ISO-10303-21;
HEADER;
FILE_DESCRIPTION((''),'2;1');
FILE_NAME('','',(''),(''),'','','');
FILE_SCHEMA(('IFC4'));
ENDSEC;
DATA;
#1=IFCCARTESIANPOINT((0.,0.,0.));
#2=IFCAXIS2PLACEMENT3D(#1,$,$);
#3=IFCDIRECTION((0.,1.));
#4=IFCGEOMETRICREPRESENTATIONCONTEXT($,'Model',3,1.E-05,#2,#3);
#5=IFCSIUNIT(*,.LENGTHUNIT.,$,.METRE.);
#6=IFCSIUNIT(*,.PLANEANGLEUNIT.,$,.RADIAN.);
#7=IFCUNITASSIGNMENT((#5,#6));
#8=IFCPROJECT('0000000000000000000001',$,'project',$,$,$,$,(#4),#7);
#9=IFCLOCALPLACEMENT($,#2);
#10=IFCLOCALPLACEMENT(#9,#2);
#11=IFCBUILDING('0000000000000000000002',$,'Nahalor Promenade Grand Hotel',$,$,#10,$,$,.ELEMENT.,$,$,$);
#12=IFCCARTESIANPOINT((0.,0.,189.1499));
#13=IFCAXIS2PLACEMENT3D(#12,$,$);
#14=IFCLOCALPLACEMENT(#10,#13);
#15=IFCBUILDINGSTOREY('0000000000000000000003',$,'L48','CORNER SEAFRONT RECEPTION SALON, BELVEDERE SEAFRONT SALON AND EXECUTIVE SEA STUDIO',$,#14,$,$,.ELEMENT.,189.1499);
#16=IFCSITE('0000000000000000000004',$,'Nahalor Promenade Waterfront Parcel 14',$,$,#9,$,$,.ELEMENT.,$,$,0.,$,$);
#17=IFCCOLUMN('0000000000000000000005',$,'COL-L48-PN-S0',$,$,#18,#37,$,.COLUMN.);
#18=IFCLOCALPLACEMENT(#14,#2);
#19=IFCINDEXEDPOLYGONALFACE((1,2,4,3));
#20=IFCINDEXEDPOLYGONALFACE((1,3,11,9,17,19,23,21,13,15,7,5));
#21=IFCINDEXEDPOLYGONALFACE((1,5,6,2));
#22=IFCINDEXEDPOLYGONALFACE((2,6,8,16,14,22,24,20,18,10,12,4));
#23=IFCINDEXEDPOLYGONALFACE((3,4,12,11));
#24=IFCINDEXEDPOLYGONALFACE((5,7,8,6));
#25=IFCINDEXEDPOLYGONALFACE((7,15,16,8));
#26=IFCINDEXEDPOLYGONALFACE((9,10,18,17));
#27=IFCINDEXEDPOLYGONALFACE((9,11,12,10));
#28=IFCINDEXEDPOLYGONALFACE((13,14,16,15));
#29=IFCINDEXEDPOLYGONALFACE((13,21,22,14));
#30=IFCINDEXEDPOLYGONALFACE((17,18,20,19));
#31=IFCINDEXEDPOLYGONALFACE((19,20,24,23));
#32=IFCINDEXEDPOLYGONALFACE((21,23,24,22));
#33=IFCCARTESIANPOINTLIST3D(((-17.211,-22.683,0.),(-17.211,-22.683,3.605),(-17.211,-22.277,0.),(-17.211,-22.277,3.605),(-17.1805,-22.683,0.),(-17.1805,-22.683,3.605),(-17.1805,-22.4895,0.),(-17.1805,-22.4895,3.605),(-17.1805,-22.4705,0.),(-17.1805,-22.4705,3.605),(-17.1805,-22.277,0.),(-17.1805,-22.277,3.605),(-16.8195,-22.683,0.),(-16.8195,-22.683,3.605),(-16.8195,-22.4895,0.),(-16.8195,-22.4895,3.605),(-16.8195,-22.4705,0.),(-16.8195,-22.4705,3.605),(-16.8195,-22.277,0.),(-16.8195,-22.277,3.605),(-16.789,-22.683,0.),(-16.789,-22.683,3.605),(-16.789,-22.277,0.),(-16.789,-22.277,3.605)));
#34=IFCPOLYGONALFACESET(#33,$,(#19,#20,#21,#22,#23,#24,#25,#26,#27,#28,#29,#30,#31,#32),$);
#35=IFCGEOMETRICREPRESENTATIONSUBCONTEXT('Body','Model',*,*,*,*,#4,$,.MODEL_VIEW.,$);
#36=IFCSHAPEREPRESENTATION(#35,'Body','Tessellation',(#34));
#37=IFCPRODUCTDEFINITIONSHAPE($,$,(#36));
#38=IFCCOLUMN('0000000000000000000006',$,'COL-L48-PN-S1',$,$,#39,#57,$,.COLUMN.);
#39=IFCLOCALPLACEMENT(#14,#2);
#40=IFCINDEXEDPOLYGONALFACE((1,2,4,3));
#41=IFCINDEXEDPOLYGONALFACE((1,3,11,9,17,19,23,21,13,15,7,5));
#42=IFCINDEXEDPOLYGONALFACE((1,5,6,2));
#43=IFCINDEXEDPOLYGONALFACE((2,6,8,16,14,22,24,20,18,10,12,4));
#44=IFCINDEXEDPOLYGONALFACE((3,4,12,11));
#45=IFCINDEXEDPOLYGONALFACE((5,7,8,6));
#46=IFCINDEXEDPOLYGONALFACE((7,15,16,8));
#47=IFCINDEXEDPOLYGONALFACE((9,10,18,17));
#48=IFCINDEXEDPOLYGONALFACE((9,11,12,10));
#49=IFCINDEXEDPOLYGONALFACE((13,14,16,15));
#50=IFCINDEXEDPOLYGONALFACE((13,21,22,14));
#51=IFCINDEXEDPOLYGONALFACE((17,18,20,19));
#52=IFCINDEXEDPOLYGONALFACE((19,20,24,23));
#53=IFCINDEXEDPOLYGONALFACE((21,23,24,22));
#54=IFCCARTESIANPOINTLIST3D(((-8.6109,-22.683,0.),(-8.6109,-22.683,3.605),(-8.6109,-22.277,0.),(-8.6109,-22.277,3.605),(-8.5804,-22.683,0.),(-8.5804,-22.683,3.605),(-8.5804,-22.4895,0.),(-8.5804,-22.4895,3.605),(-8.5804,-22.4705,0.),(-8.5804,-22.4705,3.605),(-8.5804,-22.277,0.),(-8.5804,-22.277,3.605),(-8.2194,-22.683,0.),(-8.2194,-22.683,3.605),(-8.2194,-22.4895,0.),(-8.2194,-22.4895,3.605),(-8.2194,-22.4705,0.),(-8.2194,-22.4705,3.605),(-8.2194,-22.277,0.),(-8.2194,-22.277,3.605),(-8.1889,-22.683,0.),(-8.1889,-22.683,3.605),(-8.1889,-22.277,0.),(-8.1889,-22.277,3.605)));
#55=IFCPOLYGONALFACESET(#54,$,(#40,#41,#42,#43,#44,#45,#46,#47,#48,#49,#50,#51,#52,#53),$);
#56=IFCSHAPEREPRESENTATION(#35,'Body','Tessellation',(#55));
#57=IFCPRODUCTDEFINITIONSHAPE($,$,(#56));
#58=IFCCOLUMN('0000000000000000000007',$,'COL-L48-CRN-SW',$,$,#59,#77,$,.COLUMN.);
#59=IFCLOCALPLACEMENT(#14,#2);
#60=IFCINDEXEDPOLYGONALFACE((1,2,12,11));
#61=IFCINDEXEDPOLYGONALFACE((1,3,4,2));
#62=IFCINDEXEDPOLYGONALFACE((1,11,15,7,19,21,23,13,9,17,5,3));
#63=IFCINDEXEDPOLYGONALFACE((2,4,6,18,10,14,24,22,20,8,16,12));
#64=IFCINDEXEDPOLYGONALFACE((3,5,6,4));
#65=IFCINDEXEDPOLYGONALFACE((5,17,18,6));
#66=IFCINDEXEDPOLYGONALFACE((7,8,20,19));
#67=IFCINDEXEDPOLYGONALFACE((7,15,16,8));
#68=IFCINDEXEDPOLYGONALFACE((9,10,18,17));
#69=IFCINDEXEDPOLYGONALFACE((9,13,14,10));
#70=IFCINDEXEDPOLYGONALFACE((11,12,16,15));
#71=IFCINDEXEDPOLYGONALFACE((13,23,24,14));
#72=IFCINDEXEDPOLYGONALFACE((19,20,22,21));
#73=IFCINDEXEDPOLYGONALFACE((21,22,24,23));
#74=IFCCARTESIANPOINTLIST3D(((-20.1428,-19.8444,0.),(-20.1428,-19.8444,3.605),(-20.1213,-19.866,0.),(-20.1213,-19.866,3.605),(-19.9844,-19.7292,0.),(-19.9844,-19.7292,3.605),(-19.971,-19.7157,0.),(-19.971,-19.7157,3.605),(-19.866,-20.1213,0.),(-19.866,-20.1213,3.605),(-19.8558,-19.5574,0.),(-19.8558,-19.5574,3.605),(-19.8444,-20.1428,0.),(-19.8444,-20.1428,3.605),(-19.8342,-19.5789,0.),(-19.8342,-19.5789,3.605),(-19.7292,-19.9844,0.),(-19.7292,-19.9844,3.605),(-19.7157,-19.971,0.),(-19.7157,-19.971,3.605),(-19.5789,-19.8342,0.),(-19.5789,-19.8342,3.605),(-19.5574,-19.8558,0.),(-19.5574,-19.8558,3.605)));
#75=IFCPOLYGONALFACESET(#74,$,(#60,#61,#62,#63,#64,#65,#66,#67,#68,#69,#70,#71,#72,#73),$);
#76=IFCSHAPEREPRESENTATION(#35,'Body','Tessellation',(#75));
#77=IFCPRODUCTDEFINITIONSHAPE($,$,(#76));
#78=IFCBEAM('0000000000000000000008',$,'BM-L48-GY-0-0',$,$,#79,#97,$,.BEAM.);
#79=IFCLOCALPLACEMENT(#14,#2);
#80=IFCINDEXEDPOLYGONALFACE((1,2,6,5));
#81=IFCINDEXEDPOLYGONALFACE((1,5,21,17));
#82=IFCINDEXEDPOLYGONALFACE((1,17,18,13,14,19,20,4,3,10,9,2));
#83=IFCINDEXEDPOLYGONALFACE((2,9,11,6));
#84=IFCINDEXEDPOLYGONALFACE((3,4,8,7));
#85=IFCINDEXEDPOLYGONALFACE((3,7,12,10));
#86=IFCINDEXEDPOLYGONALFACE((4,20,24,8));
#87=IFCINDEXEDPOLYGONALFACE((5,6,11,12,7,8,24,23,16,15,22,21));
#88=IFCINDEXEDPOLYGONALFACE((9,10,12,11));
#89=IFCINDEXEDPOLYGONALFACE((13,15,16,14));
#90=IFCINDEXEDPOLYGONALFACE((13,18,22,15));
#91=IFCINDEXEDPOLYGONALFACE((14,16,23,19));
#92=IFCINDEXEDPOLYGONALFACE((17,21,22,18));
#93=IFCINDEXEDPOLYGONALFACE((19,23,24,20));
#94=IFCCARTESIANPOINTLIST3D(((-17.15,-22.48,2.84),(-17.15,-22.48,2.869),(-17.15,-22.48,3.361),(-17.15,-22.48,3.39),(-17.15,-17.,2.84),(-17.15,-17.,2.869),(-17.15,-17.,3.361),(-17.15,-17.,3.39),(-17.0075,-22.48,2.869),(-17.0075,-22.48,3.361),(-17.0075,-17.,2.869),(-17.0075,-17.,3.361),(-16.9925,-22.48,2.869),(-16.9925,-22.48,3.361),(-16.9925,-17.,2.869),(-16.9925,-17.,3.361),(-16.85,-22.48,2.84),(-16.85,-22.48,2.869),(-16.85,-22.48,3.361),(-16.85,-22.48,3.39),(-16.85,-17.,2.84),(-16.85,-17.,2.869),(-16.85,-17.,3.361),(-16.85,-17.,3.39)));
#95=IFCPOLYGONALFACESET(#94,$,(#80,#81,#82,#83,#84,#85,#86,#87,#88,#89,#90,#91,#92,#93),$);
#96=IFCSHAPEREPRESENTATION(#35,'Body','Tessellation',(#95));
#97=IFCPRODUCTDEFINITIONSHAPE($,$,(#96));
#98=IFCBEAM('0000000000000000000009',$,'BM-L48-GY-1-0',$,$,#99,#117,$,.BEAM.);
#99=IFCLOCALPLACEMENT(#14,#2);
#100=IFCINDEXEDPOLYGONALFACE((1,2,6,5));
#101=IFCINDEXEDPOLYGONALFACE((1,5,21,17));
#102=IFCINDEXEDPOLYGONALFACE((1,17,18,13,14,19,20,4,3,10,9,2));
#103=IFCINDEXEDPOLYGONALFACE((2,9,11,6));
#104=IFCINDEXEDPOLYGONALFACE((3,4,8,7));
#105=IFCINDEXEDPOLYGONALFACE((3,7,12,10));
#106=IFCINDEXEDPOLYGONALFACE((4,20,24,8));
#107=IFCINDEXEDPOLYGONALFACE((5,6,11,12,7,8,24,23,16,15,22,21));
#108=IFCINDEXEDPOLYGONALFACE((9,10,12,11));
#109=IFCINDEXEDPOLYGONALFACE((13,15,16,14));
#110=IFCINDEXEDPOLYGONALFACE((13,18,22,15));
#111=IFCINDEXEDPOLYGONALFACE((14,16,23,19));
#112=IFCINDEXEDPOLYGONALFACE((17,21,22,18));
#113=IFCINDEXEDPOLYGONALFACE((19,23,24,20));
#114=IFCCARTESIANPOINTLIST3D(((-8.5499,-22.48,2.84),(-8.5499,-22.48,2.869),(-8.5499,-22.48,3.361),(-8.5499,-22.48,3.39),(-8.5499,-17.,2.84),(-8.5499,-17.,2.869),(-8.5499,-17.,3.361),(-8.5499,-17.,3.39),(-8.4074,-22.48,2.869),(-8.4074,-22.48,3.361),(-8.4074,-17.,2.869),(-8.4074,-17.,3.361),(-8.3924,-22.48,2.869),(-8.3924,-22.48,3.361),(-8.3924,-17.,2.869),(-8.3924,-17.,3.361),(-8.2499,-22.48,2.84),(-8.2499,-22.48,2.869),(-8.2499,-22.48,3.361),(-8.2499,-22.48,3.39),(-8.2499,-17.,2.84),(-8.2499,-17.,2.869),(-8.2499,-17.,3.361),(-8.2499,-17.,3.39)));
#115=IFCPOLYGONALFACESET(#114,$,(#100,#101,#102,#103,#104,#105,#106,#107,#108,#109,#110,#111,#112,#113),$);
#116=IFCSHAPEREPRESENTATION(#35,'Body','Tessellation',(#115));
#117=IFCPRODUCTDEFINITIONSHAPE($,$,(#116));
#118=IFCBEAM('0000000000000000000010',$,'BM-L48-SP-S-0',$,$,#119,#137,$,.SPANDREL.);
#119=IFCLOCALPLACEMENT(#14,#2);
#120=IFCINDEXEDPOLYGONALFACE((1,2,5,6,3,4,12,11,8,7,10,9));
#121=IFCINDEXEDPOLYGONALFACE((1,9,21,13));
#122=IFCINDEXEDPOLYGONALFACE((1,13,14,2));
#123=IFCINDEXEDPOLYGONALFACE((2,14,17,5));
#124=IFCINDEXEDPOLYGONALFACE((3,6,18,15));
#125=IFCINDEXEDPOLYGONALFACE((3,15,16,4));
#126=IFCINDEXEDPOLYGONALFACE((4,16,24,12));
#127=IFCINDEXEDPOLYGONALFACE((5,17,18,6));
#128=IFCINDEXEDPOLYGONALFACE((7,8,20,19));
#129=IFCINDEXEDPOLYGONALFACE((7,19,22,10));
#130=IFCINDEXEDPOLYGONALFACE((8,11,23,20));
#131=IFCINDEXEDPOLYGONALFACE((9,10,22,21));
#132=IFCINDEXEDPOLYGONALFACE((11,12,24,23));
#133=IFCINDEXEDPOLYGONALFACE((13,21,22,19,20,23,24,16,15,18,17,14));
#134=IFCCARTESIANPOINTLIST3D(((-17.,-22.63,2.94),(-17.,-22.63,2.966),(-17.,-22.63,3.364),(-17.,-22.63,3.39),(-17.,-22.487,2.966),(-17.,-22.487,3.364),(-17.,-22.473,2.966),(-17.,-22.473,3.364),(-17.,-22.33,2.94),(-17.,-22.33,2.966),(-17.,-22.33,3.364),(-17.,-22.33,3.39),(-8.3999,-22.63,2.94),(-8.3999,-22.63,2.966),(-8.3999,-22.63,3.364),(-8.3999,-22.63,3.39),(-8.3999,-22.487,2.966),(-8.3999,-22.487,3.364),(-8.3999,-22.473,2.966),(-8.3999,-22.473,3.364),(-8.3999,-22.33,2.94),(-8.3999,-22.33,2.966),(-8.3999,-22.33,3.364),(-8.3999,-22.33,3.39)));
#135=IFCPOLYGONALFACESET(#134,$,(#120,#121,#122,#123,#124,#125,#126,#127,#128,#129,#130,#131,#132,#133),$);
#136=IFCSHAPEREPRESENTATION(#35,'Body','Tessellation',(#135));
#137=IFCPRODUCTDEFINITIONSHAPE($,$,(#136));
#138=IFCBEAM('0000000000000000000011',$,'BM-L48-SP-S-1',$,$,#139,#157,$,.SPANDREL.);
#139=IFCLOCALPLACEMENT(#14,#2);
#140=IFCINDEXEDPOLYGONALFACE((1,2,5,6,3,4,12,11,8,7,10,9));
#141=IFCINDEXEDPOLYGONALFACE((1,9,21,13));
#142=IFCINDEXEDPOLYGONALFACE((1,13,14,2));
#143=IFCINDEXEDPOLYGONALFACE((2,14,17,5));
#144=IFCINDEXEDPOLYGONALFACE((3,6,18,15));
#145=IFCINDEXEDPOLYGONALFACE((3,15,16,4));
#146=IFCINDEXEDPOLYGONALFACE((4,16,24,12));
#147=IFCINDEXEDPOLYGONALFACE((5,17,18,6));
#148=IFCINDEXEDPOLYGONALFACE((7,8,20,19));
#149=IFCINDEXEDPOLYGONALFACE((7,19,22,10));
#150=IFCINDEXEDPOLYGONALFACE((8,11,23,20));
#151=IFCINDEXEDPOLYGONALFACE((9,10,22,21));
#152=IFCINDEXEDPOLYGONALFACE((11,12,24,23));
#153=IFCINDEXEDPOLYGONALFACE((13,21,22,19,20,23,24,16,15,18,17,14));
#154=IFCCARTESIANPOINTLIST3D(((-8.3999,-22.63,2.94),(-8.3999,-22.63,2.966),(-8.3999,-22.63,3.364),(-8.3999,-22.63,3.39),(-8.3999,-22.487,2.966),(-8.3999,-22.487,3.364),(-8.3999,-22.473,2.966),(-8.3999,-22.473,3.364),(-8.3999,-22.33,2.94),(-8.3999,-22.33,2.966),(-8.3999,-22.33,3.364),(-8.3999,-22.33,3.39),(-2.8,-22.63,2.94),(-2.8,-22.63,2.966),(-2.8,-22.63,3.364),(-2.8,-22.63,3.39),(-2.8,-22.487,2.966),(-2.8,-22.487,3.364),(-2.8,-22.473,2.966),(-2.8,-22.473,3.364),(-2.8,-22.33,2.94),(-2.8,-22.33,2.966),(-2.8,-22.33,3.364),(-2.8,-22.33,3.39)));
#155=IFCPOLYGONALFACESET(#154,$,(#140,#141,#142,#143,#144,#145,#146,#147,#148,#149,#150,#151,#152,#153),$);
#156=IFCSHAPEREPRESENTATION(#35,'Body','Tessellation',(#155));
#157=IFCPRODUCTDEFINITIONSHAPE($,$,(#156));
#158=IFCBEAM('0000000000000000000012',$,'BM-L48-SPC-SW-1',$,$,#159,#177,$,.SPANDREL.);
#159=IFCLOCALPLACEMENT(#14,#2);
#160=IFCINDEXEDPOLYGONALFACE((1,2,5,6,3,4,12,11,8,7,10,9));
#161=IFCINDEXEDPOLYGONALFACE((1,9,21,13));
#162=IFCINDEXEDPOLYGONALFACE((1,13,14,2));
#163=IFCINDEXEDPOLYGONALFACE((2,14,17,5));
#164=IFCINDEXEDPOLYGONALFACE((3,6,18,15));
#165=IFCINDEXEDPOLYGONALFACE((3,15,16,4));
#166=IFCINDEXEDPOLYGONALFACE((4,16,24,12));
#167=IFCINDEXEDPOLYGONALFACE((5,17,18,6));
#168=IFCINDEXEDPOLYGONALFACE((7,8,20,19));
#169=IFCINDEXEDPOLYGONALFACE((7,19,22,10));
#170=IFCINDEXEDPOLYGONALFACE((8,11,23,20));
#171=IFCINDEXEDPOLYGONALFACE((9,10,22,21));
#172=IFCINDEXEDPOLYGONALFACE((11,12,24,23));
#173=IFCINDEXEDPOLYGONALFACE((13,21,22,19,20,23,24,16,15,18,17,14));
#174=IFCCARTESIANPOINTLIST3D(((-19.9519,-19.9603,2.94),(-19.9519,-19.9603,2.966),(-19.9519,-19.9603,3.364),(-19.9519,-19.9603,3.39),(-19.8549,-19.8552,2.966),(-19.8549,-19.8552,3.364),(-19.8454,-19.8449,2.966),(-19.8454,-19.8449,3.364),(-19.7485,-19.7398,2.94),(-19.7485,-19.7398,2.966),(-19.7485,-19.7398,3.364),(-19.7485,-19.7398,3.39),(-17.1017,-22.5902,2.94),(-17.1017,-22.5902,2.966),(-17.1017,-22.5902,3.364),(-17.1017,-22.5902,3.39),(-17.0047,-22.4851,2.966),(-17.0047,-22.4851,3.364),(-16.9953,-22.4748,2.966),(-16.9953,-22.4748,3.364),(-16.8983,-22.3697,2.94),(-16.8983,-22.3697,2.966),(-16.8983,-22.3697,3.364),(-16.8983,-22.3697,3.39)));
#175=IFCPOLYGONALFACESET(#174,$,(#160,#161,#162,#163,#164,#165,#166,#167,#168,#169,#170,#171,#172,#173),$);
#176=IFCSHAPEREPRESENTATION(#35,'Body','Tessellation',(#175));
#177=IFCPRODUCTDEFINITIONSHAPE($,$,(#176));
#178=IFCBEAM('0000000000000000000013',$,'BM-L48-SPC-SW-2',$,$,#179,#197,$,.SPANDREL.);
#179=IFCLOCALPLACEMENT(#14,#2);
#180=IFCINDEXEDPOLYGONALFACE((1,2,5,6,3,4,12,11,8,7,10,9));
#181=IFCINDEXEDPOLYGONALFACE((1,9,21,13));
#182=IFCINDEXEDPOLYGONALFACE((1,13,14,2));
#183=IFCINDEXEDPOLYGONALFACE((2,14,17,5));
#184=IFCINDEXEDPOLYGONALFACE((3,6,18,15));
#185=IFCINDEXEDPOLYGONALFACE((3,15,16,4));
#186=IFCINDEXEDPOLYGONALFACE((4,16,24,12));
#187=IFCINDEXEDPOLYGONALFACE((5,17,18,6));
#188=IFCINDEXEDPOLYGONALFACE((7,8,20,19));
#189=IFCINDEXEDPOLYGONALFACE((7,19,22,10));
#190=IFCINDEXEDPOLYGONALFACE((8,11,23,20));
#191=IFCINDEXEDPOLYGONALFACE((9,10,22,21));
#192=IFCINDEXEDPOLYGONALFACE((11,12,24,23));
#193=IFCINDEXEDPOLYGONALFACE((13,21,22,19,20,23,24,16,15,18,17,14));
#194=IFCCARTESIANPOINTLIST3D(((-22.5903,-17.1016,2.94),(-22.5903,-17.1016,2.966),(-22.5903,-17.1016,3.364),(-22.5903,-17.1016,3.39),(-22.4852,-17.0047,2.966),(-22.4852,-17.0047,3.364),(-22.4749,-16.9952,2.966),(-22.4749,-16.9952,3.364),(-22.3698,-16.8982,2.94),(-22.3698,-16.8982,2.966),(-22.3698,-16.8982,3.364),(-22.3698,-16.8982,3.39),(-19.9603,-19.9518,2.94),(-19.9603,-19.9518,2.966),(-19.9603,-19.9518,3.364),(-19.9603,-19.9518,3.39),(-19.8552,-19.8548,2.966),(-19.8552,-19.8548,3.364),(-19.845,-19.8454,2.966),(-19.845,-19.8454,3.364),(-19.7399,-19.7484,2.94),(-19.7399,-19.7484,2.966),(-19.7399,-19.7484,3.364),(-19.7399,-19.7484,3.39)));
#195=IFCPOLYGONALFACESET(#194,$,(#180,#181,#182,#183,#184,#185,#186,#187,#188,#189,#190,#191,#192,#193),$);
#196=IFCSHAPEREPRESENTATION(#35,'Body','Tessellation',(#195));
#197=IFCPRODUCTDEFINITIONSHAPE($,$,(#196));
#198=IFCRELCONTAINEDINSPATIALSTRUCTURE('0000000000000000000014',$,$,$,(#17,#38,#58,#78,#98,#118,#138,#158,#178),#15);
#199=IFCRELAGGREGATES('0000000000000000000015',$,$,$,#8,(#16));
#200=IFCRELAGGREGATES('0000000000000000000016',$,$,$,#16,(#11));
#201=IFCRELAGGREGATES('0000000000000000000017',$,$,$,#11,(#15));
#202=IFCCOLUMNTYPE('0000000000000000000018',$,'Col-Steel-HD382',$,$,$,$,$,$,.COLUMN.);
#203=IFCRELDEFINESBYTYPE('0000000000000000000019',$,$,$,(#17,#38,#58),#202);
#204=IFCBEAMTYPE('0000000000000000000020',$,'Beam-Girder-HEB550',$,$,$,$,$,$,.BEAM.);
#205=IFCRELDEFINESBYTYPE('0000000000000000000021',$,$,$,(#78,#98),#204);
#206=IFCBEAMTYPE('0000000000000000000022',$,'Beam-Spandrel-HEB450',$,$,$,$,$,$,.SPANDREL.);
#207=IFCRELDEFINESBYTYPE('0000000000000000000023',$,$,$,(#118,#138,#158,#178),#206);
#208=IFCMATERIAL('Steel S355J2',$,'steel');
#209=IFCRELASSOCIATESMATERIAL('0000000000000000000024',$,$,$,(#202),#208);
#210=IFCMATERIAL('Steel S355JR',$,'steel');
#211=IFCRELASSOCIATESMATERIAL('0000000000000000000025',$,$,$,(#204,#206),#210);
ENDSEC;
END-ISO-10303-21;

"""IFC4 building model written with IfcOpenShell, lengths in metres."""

from ifc_helpers import new_model, si_unit, direction, frame, origin, origin_2d, place, context, subcontext, project, spatial, i_section, extrude, source, transform, mapped, material, material_profile, profile_set, type_object, element, save


model = new_model("IFC4")

# Units and contexts
model_context = context("Model", 3, precision=1e-05, world=origin(), true_north=direction((0.0, 1.0)))
body_context = subcontext(model_context, "Body", "Model", "MODEL_VIEW")
ifc_project = project(units=[si_unit("LENGTHUNIT", "METRE"), si_unit("PLANEANGLEUNIT", "RADIAN")], contexts=[model_context])

# Site, building, storey
site_placement = place(None, origin())
site = spatial("IfcSite", under=ifc_project, at=site_placement, Name="Nahalor Promenade Waterfront Parcel 14", CompositionType="ELEMENT", RefElevation=0.0)
building_placement = place(site_placement, origin())
building = spatial("IfcBuilding", under=site, at=building_placement, Name="Nahalor Promenade Grand Hotel", CompositionType="ELEMENT")
storey_placement = place(building_placement, frame((0.0, 0.0, 189.1499)))
storey = spatial("IfcBuildingStorey", under=building, at=storey_placement, Name="L48", Description="CORNER SEAFRONT RECEPTION SALON, BELVEDERE SEAFRONT SALON AND EXECUTIVE SEA STUDIO", CompositionType="ELEMENT", Elevation=189.1499)

# Columns
ifc_material_1 = material(Name="Steel S355J2", Category="steel")
ifc_material_profile_1 = material_profile(ifc_material_1, i_section(OverallWidth=0.406, OverallDepth=0.422, WebThickness=0.019, FlangeThickness=0.0305, at=origin_2d()), Name="HD 400x382")
ifc_profile_set_1 = profile_set([ifc_material_profile_1], Name="Steel S355J2")
column_type = type_object("IfcColumnType", Name="Col-Steel-HD382", PredefinedType="COLUMN", material=ifc_profile_set_1)
shared_shape_1 = source(origin(), body_context, "Body", "SweptSolid", [
    extrude(i_section(OverallWidth=0.406, OverallDepth=0.422, WebThickness=0.019, FlangeThickness=0.0305, at=origin_2d()), origin(), (0.0, 0.0, 1.0), 3.605),
])
for number, where, z_axis, x_axis, name in (
    (1, (-17.0, -22.48, 0.0), (0.0, 0.0, 1.0), (0.0, 1.0, 0.0), "COL-L48-PN-S0"),
    (2, (-8.3999, -22.48, 0.0), (0.0, 0.0, 1.0), (0.0, 1.0, 0.0), "COL-L48-PN-S1"),
    (3, (-19.8501, -19.8501, 0.0), (0.0, 0.0, 1.0), (0.707107, 0.707107, 0.0), "COL-L48-CRN-SW"),
):
    element("IfcColumn", number, at=place(storey_placement, frame(where, z_axis=z_axis, x_axis=x_axis)), inside=storey, type_object=column_type, Name=name, PredefinedType="COLUMN", context=body_context, shape_type="MappedRepresentation", body=[
        mapped(shared_shape_1, transform((0.0, 0.0, 0.0), scale=1.0)),
    ])

# Beams
ifc_material_2 = material(Name="Steel S355JR", Category="steel")
ifc_material_profile_2 = material_profile(ifc_material_2, i_section(OverallWidth=0.3, OverallDepth=0.55, WebThickness=0.015, FlangeThickness=0.029, at=origin_2d()), Name="HEB 550")
ifc_profile_set_2 = profile_set([ifc_material_profile_2], Name="Steel S355JR")
beam_type_1 = type_object("IfcBeamType", Name="Beam-Girder-HEB550", PredefinedType="BEAM", material=ifc_profile_set_2)
shared_shape_2 = source(origin(), body_context, "Body", "SweptSolid", [
    extrude(i_section(OverallWidth=0.3, OverallDepth=0.55, WebThickness=0.015, FlangeThickness=0.029, at=origin_2d()), origin(), (0.0, 0.0, 1.0), 5.48),
])
for number, where, z_axis, x_axis, name in (
    (4, (-17.0, -22.48, 3.115), (0.0, 1.0, 0.0), (-1.0, 0.0, 0.0), "BM-L48-GY-0-0"),
    (5, (-8.3999, -22.48, 3.115), (0.0, 1.0, 0.0), (-1.0, 0.0, 0.0), "BM-L48-GY-1-0"),
):
    element("IfcBeam", number, at=place(storey_placement, frame(where, z_axis=z_axis, x_axis=x_axis)), inside=storey, type_object=beam_type_1, Name=name, PredefinedType="BEAM", context=body_context, shape_type="MappedRepresentation", body=[
        mapped(shared_shape_2, transform((0.0, 0.0, 0.0), scale=1.0)),
    ])
ifc_material_profile_3 = material_profile(ifc_material_2, i_section(OverallWidth=0.3, OverallDepth=0.45, WebThickness=0.014, FlangeThickness=0.026, at=origin_2d()), Name="HEB 450")
ifc_profile_set_3 = profile_set([ifc_material_profile_3], Name="Steel S355JR")
beam_type_2 = type_object("IfcBeamType", Name="Beam-Spandrel-HEB450", PredefinedType="SPANDREL", material=ifc_profile_set_3)
shared_shape_3 = source(origin(), body_context, "Body", "SweptSolid", [
    extrude(i_section(OverallWidth=0.3, OverallDepth=0.45, WebThickness=0.014, FlangeThickness=0.026, at=origin_2d()), origin(), (0.0, 0.0, 1.0), 8.6001),
])
beam_1_placement = place(storey_placement, frame((-17.0, -22.48, 3.165), z_axis=(1.0, 0.0, 0.0), x_axis=(0.0, 1.0, 0.0)))
element("IfcBeam", 6, at=beam_1_placement, inside=storey, type_object=beam_type_2, Name="BM-L48-SP-S-0", PredefinedType="SPANDREL", context=body_context, shape_type="MappedRepresentation", body=[
    mapped(shared_shape_3, transform((0.0, 0.0, 0.0), scale=1.0)),
])
shared_shape_4 = source(origin(), body_context, "Body", "SweptSolid", [
    extrude(i_section(OverallWidth=0.3, OverallDepth=0.45, WebThickness=0.014, FlangeThickness=0.026, at=origin_2d()), origin(), (0.0, 0.0, 1.0), 5.5999),
])
beam_2_placement = place(storey_placement, frame((-8.3999, -22.48, 3.165), z_axis=(1.0, 0.0, 0.0), x_axis=(0.0, 1.0, 0.0)))
element("IfcBeam", 7, at=beam_2_placement, inside=storey, type_object=beam_type_2, Name="BM-L48-SP-S-1", PredefinedType="SPANDREL", context=body_context, shape_type="MappedRepresentation", body=[
    mapped(shared_shape_4, transform((0.0, 0.0, 0.0), scale=1.0)),
])
shared_shape_5 = source(origin(), body_context, "Body", "SweptSolid", [
    extrude(i_section(OverallWidth=0.3, OverallDepth=0.45, WebThickness=0.014, FlangeThickness=0.026, at=origin_2d()), origin(), (0.0, 0.0, 1.0), 3.8782),
])
for number, where, z_axis, x_axis, name in (
    (8, (-17.0, -22.48, 3.165), (-0.734929, 0.678144, 0.0), (-0.678144, -0.734929, 0.0), "BM-L48-SPC-SW-1"),
    (9, (-19.8501, -19.8501, 3.165), (-0.678144, 0.734929, 0.0), (-0.734929, -0.678144, 0.0), "BM-L48-SPC-SW-2"),
):
    element("IfcBeam", number, at=place(storey_placement, frame(where, z_axis=z_axis, x_axis=x_axis)), inside=storey, type_object=beam_type_2, Name=name, PredefinedType="SPANDREL", context=body_context, shape_type="MappedRepresentation", body=[
        mapped(shared_shape_5, transform((0.0, 0.0, 0.0), scale=1.0)),
    ])

save(model, "model.ifc")
